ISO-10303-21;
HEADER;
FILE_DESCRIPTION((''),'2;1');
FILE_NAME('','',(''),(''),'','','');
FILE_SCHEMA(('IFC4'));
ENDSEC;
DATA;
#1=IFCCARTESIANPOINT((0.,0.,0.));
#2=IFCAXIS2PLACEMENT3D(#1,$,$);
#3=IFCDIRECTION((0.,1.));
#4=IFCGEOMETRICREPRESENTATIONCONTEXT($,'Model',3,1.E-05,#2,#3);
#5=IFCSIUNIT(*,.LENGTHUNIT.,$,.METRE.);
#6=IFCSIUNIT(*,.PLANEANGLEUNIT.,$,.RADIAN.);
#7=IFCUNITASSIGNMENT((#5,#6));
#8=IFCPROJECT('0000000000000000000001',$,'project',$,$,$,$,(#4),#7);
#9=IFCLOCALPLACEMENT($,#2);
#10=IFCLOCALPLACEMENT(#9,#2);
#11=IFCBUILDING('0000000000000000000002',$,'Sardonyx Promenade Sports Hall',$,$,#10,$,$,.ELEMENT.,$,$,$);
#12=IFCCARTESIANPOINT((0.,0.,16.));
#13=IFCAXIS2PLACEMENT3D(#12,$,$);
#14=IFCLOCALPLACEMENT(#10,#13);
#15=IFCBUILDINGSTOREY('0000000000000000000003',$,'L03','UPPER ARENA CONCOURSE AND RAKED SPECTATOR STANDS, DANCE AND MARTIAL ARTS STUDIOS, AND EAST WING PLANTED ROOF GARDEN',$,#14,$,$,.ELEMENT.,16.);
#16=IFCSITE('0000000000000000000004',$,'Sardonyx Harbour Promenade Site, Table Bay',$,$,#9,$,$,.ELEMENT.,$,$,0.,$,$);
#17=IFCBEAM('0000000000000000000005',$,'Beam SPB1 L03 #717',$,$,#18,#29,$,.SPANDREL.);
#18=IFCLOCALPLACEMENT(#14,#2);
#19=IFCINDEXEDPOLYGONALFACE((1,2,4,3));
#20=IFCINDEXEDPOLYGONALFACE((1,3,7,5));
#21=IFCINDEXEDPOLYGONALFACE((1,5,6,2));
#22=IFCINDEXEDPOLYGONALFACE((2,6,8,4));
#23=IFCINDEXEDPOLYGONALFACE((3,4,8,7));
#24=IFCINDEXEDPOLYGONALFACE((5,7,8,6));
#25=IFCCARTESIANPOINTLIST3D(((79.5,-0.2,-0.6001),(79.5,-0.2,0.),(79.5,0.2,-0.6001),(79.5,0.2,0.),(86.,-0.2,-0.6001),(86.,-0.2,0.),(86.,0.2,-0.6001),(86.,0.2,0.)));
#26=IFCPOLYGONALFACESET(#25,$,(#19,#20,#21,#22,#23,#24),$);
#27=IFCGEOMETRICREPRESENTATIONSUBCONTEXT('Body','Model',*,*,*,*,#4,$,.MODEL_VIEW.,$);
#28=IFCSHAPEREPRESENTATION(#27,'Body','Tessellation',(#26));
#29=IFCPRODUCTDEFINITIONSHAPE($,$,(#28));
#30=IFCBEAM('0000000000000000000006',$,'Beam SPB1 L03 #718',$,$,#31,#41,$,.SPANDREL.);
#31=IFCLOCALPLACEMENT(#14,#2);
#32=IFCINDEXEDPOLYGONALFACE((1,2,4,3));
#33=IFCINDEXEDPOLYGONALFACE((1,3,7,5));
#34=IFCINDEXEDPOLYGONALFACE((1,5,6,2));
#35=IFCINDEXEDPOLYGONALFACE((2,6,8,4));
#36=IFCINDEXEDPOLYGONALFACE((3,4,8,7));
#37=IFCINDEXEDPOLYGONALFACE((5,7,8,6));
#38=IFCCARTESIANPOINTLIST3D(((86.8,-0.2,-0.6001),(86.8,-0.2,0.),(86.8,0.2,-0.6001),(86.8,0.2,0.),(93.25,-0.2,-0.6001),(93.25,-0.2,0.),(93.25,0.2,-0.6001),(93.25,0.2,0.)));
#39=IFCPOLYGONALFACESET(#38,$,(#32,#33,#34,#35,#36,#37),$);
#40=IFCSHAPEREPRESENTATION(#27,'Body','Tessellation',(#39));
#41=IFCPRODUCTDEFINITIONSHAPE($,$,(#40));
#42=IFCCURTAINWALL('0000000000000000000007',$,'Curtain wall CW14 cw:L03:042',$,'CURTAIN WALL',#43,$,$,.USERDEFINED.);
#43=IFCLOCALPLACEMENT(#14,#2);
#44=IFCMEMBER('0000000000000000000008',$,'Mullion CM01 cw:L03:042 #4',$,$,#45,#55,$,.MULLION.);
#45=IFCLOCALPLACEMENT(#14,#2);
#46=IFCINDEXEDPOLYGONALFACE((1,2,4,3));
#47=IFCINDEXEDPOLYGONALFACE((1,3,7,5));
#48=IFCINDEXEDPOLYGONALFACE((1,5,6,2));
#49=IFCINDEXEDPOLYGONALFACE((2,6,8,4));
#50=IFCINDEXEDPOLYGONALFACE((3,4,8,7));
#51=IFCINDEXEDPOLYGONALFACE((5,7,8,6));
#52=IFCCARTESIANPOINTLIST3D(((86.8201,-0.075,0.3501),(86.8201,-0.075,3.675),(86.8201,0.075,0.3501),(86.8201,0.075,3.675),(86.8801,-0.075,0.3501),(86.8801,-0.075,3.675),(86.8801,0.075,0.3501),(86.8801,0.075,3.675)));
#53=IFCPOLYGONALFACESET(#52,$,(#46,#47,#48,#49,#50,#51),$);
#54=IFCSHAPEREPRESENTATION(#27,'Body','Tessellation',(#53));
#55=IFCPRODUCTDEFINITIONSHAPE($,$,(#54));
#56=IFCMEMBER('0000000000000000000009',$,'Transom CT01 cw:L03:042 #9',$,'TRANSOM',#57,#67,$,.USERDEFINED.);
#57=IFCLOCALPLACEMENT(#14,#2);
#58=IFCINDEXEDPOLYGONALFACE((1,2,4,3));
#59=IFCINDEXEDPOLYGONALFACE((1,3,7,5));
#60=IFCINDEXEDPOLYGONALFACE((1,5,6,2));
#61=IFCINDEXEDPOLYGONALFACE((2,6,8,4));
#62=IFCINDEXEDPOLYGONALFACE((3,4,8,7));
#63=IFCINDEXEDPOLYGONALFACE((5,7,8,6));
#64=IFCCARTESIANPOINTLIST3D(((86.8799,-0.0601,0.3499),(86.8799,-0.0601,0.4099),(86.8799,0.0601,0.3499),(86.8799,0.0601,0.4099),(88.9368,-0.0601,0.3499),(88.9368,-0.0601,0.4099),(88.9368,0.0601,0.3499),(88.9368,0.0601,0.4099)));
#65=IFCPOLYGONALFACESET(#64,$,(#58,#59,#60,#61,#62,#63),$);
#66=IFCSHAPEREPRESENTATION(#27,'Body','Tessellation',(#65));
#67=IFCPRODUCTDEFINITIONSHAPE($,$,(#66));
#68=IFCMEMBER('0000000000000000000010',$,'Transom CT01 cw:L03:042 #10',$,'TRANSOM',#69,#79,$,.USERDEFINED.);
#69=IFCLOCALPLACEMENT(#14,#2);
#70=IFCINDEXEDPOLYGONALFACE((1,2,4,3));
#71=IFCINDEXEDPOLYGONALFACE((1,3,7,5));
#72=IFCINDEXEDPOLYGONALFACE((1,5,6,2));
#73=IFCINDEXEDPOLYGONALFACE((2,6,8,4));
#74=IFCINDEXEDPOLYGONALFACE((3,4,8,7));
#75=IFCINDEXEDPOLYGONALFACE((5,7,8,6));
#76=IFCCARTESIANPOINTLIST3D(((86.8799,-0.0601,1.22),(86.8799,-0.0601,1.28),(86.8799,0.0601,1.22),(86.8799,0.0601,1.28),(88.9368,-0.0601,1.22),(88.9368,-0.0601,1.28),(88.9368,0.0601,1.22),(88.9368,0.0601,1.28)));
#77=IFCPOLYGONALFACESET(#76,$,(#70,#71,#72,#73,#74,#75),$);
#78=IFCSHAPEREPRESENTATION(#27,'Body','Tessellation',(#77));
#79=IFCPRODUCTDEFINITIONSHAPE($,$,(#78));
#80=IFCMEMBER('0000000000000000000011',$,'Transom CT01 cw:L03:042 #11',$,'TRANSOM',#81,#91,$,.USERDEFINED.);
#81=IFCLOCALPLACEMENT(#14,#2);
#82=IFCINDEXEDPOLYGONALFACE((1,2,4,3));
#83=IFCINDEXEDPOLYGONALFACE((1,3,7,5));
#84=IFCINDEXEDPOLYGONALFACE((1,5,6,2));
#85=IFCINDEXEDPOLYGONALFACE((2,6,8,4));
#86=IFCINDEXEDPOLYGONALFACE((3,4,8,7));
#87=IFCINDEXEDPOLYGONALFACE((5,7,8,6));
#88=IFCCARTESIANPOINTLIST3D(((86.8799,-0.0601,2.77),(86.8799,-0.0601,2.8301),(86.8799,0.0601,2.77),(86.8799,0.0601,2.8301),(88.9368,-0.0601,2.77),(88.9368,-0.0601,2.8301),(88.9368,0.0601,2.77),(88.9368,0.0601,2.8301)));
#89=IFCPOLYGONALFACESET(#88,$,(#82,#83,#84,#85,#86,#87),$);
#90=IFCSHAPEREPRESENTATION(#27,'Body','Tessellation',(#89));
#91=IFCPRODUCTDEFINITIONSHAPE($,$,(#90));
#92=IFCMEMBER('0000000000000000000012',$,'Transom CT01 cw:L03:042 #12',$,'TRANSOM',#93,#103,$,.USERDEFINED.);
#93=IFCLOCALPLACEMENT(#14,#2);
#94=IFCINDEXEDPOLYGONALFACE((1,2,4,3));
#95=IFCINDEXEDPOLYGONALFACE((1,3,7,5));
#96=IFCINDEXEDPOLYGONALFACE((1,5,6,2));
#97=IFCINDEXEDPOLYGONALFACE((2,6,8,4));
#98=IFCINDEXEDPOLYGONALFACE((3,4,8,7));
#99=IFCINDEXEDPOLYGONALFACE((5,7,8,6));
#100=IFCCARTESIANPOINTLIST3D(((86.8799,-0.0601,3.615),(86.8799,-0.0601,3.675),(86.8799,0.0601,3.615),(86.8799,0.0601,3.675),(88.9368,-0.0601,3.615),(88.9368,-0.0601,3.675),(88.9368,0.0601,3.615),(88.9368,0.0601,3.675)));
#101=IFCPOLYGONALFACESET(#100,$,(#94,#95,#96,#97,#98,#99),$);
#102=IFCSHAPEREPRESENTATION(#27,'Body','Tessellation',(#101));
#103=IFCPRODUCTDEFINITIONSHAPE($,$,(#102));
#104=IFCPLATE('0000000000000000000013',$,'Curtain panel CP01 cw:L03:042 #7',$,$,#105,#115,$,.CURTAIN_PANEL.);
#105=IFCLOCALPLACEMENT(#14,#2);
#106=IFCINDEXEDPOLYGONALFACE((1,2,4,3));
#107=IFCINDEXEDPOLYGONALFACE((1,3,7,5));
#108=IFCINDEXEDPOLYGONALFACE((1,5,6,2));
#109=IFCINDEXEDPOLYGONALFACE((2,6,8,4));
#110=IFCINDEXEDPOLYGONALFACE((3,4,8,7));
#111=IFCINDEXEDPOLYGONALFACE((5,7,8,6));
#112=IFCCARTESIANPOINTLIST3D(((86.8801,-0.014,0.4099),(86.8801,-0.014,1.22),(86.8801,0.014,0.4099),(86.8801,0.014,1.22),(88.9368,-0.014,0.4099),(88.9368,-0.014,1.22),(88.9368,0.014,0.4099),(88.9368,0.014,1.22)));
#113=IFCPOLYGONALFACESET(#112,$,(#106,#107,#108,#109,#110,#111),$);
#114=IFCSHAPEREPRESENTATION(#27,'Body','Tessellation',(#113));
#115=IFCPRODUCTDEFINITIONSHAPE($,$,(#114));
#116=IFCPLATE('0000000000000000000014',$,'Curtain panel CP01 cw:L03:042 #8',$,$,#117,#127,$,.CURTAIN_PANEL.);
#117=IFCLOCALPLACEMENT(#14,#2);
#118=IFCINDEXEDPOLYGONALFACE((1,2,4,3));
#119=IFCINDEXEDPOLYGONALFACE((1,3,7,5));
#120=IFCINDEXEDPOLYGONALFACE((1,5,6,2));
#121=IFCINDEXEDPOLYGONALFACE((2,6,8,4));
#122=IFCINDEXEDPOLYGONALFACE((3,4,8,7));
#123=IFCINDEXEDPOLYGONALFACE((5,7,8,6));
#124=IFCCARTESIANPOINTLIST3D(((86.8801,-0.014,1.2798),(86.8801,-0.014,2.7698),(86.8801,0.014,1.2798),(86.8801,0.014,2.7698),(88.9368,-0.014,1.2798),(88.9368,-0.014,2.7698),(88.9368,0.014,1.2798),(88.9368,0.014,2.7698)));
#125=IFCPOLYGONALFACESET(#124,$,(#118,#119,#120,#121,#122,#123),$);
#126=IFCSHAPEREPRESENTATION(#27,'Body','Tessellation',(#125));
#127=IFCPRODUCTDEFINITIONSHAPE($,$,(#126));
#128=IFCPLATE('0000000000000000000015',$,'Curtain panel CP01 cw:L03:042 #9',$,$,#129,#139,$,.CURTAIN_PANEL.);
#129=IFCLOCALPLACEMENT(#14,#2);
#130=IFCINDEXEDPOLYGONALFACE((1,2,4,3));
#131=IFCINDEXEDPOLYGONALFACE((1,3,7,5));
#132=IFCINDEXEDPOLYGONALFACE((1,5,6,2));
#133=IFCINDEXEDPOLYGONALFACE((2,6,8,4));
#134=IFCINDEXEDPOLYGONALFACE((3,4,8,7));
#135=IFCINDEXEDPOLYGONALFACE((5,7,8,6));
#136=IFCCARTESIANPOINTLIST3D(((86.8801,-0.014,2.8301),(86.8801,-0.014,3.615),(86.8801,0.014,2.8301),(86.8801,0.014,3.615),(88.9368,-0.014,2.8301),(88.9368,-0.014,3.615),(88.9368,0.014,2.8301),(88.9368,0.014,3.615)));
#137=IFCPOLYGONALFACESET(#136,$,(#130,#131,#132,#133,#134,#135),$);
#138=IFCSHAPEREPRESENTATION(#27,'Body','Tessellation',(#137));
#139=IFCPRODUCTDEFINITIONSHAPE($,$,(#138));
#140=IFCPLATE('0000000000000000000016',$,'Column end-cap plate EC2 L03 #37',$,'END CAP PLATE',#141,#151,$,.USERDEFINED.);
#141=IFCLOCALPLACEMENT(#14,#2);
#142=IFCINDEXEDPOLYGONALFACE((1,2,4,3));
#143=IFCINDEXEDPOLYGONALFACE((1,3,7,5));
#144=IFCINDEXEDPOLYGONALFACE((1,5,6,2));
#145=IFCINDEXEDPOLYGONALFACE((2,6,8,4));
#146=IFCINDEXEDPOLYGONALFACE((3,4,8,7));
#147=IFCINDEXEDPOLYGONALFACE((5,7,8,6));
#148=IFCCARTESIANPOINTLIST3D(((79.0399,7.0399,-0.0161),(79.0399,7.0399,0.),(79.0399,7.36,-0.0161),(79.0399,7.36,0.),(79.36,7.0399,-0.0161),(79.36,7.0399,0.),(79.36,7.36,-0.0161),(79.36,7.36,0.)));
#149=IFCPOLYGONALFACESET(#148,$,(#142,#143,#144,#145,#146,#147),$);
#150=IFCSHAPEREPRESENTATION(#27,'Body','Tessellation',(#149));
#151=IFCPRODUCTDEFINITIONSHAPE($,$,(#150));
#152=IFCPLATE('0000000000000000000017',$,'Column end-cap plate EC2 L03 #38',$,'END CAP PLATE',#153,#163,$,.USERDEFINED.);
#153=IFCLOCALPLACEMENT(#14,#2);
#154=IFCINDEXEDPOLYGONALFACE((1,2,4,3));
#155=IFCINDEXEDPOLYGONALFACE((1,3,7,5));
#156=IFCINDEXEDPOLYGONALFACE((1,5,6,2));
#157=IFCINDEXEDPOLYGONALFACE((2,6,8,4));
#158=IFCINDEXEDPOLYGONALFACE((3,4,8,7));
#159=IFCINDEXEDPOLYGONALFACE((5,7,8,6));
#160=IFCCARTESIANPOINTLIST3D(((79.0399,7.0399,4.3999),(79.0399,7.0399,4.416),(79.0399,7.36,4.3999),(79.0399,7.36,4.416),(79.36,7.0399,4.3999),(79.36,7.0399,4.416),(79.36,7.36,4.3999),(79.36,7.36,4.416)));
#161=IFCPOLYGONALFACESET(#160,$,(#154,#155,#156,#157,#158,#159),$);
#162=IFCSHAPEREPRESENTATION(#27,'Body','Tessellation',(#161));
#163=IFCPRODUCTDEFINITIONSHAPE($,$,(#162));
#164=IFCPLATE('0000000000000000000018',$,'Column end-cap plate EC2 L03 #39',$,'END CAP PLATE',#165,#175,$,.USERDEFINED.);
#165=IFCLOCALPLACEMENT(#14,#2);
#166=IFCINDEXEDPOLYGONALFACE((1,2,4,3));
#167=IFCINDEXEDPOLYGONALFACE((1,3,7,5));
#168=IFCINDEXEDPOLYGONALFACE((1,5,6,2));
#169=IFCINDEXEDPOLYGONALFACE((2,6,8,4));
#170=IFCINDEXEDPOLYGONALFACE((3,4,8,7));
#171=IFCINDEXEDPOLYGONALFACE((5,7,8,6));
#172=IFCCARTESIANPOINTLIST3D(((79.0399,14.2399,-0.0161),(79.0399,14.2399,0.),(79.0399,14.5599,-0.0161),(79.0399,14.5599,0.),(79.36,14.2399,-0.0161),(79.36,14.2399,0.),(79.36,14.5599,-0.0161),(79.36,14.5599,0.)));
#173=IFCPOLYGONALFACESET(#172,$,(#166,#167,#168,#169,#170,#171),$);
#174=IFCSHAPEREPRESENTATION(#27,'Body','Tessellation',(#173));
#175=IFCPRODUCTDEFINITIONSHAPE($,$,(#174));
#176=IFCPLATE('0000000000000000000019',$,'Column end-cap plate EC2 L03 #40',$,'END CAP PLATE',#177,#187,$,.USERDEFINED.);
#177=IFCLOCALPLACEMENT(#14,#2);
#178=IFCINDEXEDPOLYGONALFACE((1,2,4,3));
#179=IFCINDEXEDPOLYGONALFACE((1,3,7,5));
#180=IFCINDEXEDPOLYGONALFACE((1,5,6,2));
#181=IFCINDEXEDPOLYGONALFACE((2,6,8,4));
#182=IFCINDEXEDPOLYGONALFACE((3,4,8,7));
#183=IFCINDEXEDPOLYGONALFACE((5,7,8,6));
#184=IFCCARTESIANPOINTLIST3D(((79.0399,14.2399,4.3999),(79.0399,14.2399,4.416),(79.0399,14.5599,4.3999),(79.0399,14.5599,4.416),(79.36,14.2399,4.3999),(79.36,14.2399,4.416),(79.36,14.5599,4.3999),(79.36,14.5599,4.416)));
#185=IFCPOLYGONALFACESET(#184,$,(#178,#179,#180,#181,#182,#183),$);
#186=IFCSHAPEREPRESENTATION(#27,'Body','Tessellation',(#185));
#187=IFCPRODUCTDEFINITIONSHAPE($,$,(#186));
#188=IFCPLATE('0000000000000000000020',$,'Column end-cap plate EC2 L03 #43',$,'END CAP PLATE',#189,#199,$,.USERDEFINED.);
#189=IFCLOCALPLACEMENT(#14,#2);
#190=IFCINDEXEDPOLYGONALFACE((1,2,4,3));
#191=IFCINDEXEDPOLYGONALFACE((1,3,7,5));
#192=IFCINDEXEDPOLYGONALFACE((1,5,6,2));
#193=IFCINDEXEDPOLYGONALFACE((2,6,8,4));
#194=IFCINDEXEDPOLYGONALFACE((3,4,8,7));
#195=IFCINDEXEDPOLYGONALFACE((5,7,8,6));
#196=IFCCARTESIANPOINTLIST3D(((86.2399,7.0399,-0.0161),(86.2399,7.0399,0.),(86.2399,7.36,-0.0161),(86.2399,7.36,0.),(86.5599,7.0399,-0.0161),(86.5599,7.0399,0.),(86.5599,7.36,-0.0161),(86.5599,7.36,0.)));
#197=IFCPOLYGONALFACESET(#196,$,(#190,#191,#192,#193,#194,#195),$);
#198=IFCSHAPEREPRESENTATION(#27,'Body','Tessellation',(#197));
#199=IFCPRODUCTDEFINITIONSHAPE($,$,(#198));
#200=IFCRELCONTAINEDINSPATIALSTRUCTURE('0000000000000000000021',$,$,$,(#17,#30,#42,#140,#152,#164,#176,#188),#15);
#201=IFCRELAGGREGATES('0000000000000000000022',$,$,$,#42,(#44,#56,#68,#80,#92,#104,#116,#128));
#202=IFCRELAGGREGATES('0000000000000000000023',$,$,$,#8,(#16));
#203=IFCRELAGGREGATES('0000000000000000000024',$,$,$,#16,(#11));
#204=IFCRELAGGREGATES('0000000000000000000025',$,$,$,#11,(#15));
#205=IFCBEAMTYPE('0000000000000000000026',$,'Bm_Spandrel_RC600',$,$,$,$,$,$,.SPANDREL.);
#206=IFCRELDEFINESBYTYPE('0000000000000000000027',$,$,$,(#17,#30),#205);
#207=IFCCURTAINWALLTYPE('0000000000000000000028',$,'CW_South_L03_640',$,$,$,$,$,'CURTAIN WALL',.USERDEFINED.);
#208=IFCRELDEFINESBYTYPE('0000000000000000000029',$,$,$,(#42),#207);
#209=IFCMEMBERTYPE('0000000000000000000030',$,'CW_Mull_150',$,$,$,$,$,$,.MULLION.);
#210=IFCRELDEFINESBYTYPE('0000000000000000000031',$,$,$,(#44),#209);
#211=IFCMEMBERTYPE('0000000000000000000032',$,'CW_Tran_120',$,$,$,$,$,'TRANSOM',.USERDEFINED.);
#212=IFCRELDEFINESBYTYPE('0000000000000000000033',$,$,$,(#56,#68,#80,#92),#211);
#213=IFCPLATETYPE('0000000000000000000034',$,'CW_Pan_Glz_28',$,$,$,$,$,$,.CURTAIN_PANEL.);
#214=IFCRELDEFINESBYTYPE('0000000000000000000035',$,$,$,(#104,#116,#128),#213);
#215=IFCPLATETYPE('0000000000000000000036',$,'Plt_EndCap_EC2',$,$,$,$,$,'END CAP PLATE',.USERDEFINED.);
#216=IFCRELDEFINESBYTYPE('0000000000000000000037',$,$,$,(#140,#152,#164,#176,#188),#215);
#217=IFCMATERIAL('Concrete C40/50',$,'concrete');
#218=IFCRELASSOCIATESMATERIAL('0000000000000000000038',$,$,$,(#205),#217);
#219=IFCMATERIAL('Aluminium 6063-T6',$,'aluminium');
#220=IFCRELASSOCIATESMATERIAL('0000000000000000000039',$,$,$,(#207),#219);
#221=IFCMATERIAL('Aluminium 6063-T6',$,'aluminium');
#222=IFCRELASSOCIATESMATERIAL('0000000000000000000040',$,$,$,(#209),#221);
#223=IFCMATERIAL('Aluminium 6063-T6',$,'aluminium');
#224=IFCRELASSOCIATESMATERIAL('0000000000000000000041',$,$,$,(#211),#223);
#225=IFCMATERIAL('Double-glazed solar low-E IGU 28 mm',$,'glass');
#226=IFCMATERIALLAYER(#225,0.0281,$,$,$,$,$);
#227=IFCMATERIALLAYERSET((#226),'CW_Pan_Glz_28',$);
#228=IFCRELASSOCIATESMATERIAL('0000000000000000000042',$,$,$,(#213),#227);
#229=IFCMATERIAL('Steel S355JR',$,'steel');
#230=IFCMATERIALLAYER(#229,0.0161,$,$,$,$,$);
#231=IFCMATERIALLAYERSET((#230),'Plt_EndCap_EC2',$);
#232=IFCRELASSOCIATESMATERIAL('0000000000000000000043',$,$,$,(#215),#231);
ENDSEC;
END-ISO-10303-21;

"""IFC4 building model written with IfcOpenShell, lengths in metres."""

from ifc_helpers import new_model, si_unit, direction, frame, origin, origin_2d, place, context, subcontext, project, spatial, rectangle, extrude, material, layer, layer_set, material_profile, profile_set, type_object, element, aggregate, save


model = new_model("IFC4")

# Units and contexts
model_context = context("Model", 3, precision=1e-05, world=origin(), true_north=direction((0.0, 1.0)))
body_context = subcontext(model_context, "Body", "Model", "MODEL_VIEW")
ifc_project = project(units=[si_unit("LENGTHUNIT", "METRE"), si_unit("PLANEANGLEUNIT", "RADIAN")], contexts=[model_context])

# Site, building, storey
site_placement = place(None, origin())
site = spatial("IfcSite", under=ifc_project, at=site_placement, Name="Sardonyx Harbour Promenade Site, Table Bay", CompositionType="ELEMENT", RefElevation=0.0)
building_placement = place(site_placement, origin())
building = spatial("IfcBuilding", under=site, at=building_placement, Name="Sardonyx Promenade Sports Hall", CompositionType="ELEMENT")
storey_placement = place(building_placement, frame((0.0, 0.0, 16.0)))
storey = spatial("IfcBuildingStorey", under=building, at=storey_placement, Name="L03", Description="UPPER ARENA CONCOURSE AND RAKED SPECTATOR STANDS, DANCE AND MARTIAL ARTS STUDIOS, AND EAST WING PLANTED ROOF GARDEN", CompositionType="ELEMENT", Elevation=16.0)

# Beams
ifc_material_1 = material(Name="Concrete C40/50", Category="concrete")
ifc_material_profile_1 = material_profile(ifc_material_1, rectangle(XDim=0.3999, YDim=0.6001, at=origin_2d()))
ifc_profile_set_1 = profile_set([ifc_material_profile_1], Name="Concrete C40/50")
beam_type_1 = type_object("IfcBeamType", Name="Bm_Spandrel_RC600", PredefinedType="SPANDREL", material=ifc_profile_set_1)
beam_1_placement = place(storey_placement, frame((79.5, 0.0, -0.3), z_axis=(1.0, 0.0, 0.0), x_axis=(0.0, 1.0, 0.0)))
element("IfcBeam", 1, at=beam_1_placement, inside=storey, type_object=beam_type_1, Name="Beam SPB1 L03 #717", PredefinedType="SPANDREL", context=body_context, shape_type="SweptSolid", body=[
    extrude(rectangle(XDim=0.3999, YDim=0.6001, at=origin_2d()), origin(), (0.0, 0.0, 1.0), 6.5),
])
beam_2_placement = place(storey_placement, frame((86.8, 0.0, -0.3), z_axis=(1.0, 0.0, 0.0), x_axis=(0.0, 1.0, 0.0)))
element("IfcBeam", 2, at=beam_2_placement, inside=storey, type_object=beam_type_1, Name="Beam SPB1 L03 #718", PredefinedType="SPANDREL", context=body_context, shape_type="SweptSolid", body=[
    extrude(rectangle(XDim=0.3999, YDim=0.6001, at=origin_2d()), origin(), (0.0, 0.0, 1.0), 6.45),
])

# Curtain wall, members, plates
ifc_material_2 = material(Name="Aluminium 6063-T6", Category="aluminium")
curtain_wall_type = type_object("IfcCurtainWallType", Name="CW_South_L03_640", ElementType="CURTAIN WALL", PredefinedType="USERDEFINED", material=ifc_material_2)
curtain_wall_placement = place(storey_placement, origin())
curtain_wall = element("IfcCurtainWall", 3, at=curtain_wall_placement, inside=storey, type_object=curtain_wall_type, Name="Curtain wall CW14 cw:L03:042", ObjectType="CURTAIN WALL", PredefinedType="USERDEFINED")
ifc_material_3 = material(Name="Aluminium 6063-T6", Category="aluminium")
ifc_material_profile_2 = material_profile(ifc_material_3, rectangle(XDim=0.0601, YDim=0.1499, at=origin_2d()))
ifc_profile_set_2 = profile_set([ifc_material_profile_2], Name="Aluminium 6063-T6")
member_type_1 = type_object("IfcMemberType", Name="CW_Mull_150", PredefinedType="MULLION", material=ifc_profile_set_2)
member_1_placement = place(storey_placement, frame((86.8501, 0.0, 0.3501), z_axis=(0.0, 0.0, 1.0), x_axis=(-1.0, 0.0, 0.0)))
member_1 = element("IfcMember", 4, at=member_1_placement, type_object=member_type_1, Name="Mullion CM01 cw:L03:042 #4", PredefinedType="MULLION", context=body_context, shape_type="SweptSolid", body=[
    extrude(rectangle(XDim=0.0601, YDim=0.1499, at=origin_2d()), origin(), (0.0, 0.0, 1.0), 3.325),
])
ifc_material_4 = material(Name="Aluminium 6063-T6", Category="aluminium")
ifc_material_profile_3 = material_profile(ifc_material_4, rectangle(XDim=0.0601, YDim=0.1201, at=origin_2d()))
ifc_profile_set_3 = profile_set([ifc_material_profile_3], Name="Aluminium 6063-T6")
member_type_2 = type_object("IfcMemberType", Name="CW_Tran_120", ElementType="TRANSOM", PredefinedType="USERDEFINED", material=ifc_profile_set_3)
member_2_placement = place(storey_placement, frame((88.9368, 0.0, 0.3799), z_axis=(-1.0, 0.0, 0.0), x_axis=(0.0, 0.0, 1.0)))
member_2 = element("IfcMember", 5, at=member_2_placement, type_object=member_type_2, Name="Transom CT01 cw:L03:042 #9", ObjectType="TRANSOM", PredefinedType="USERDEFINED", context=body_context, shape_type="SweptSolid", body=[
    extrude(rectangle(XDim=0.0601, YDim=0.1201, at=origin_2d()), origin(), (0.0, 0.0, 1.0), 2.0569),
])
member_3_placement = place(storey_placement, frame((88.9368, 0.0, 1.25), z_axis=(-1.0, 0.0, 0.0), x_axis=(0.0, 0.0, 1.0)))
member_3 = element("IfcMember", 6, at=member_3_placement, type_object=member_type_2, Name="Transom CT01 cw:L03:042 #10", ObjectType="TRANSOM", PredefinedType="USERDEFINED", context=body_context, shape_type="SweptSolid", body=[
    extrude(rectangle(XDim=0.0601, YDim=0.1201, at=origin_2d()), origin(), (0.0, 0.0, 1.0), 2.0569),
])
member_4_placement = place(storey_placement, frame((88.9368, 0.0, 2.8), z_axis=(-1.0, 0.0, 0.0), x_axis=(0.0, 0.0, 1.0)))
member_4 = element("IfcMember", 7, at=member_4_placement, type_object=member_type_2, Name="Transom CT01 cw:L03:042 #11", ObjectType="TRANSOM", PredefinedType="USERDEFINED", context=body_context, shape_type="SweptSolid", body=[
    extrude(rectangle(XDim=0.0601, YDim=0.1201, at=origin_2d()), origin(), (0.0, 0.0, 1.0), 2.0569),
])
member_5_placement = place(storey_placement, frame((88.9368, 0.0, 3.645), z_axis=(-1.0, 0.0, 0.0), x_axis=(0.0, 0.0, 1.0)))
member_5 = element("IfcMember", 8, at=member_5_placement, type_object=member_type_2, Name="Transom CT01 cw:L03:042 #12", ObjectType="TRANSOM", PredefinedType="USERDEFINED", context=body_context, shape_type="SweptSolid", body=[
    extrude(rectangle(XDim=0.0601, YDim=0.1201, at=origin_2d()), origin(), (0.0, 0.0, 1.0), 2.0569),
])
ifc_material_5 = material(Name="Double-glazed solar low-E IGU 28 mm", Category="glass")
ifc_layer_1 = layer(ifc_material_5, 0.0281)
ifc_layer_set_1 = layer_set([ifc_layer_1], Name="CW_Pan_Glz_28")
plate_type_1 = type_object("IfcPlateType", Name="CW_Pan_Glz_28", PredefinedType="CURTAIN_PANEL", material=ifc_layer_set_1)
plate_1_placement = place(storey_placement, frame((87.9084, 0.0, 0.4099), z_axis=(0.0, 0.0, 1.0), x_axis=(-1.0, 0.0, 0.0)))
plate_1 = element("IfcPlate", 9, at=plate_1_placement, type_object=plate_type_1, Name="Curtain panel CP01 cw:L03:042 #7", PredefinedType="CURTAIN_PANEL", context=body_context, shape_type="SweptSolid", body=[
    extrude(rectangle(XDim=2.0566, YDim=0.0281, at=origin_2d()), origin(), (0.0, 0.0, 1.0), 0.8101),
])
plate_2_placement = place(storey_placement, frame((87.9084, 0.0, 1.2798), z_axis=(0.0, 0.0, 1.0), x_axis=(-1.0, 0.0, 0.0)))
plate_2 = element("IfcPlate", 10, at=plate_2_placement, type_object=plate_type_1, Name="Curtain panel CP01 cw:L03:042 #8", PredefinedType="CURTAIN_PANEL", context=body_context, shape_type="SweptSolid", body=[
    extrude(rectangle(XDim=2.0566, YDim=0.0281, at=origin_2d()), origin(), (0.0, 0.0, 1.0), 1.49),
])
plate_3_placement = place(storey_placement, frame((87.9084, 0.0, 2.8301), z_axis=(0.0, 0.0, 1.0), x_axis=(-1.0, 0.0, 0.0)))
plate_3 = element("IfcPlate", 11, at=plate_3_placement, type_object=plate_type_1, Name="Curtain panel CP01 cw:L03:042 #9", PredefinedType="CURTAIN_PANEL", context=body_context, shape_type="SweptSolid", body=[
    extrude(rectangle(XDim=2.0566, YDim=0.0281, at=origin_2d()), origin(), (0.0, 0.0, 1.0), 0.7849),
])
aggregate(curtain_wall, [member_1, member_2, member_3, member_4, member_5, plate_1, plate_2, plate_3])

# Plates
ifc_material_6 = material(Name="Steel S355JR", Category="steel")
ifc_layer_2 = layer(ifc_material_6, 0.0161)
ifc_layer_set_2 = layer_set([ifc_layer_2], Name="Plt_EndCap_EC2")
plate_type_2 = type_object("IfcPlateType", Name="Plt_EndCap_EC2", ElementType="END CAP PLATE", PredefinedType="USERDEFINED", material=ifc_layer_set_2)
for number, where, z_axis, x_axis, name in (
    (12, (79.2, 7.2, -0.0161), (0.0, 0.0, 1.0), (1.0, 0.0, 0.0), "Column end-cap plate EC2 L03 #37"),
    (13, (79.2, 7.2, 4.3999), (0.0, 0.0, 1.0), (1.0, 0.0, 0.0), "Column end-cap plate EC2 L03 #38"),
    (14, (79.2, 14.3999, -0.0161), (0.0, 0.0, 1.0), (1.0, 0.0, 0.0), "Column end-cap plate EC2 L03 #39"),
    (15, (79.2, 14.3999, 4.3999), (0.0, 0.0, 1.0), (1.0, 0.0, 0.0), "Column end-cap plate EC2 L03 #40"),
    (16, (86.3999, 7.2, -0.0161), (0.0, 0.0, 1.0), (1.0, 0.0, 0.0), "Column end-cap plate EC2 L03 #43"),
):
    element("IfcPlate", number, at=place(storey_placement, frame(where, z_axis=z_axis, x_axis=x_axis)), inside=storey, type_object=plate_type_2, Name=name, ObjectType="END CAP PLATE", PredefinedType="USERDEFINED", context=body_context, shape_type="SweptSolid", body=[
        extrude(rectangle(XDim=0.3201, YDim=0.3201, at=origin_2d()), origin(), (0.0, 0.0, 1.0), 0.0161),
    ])

save(model, "model.ifc")
